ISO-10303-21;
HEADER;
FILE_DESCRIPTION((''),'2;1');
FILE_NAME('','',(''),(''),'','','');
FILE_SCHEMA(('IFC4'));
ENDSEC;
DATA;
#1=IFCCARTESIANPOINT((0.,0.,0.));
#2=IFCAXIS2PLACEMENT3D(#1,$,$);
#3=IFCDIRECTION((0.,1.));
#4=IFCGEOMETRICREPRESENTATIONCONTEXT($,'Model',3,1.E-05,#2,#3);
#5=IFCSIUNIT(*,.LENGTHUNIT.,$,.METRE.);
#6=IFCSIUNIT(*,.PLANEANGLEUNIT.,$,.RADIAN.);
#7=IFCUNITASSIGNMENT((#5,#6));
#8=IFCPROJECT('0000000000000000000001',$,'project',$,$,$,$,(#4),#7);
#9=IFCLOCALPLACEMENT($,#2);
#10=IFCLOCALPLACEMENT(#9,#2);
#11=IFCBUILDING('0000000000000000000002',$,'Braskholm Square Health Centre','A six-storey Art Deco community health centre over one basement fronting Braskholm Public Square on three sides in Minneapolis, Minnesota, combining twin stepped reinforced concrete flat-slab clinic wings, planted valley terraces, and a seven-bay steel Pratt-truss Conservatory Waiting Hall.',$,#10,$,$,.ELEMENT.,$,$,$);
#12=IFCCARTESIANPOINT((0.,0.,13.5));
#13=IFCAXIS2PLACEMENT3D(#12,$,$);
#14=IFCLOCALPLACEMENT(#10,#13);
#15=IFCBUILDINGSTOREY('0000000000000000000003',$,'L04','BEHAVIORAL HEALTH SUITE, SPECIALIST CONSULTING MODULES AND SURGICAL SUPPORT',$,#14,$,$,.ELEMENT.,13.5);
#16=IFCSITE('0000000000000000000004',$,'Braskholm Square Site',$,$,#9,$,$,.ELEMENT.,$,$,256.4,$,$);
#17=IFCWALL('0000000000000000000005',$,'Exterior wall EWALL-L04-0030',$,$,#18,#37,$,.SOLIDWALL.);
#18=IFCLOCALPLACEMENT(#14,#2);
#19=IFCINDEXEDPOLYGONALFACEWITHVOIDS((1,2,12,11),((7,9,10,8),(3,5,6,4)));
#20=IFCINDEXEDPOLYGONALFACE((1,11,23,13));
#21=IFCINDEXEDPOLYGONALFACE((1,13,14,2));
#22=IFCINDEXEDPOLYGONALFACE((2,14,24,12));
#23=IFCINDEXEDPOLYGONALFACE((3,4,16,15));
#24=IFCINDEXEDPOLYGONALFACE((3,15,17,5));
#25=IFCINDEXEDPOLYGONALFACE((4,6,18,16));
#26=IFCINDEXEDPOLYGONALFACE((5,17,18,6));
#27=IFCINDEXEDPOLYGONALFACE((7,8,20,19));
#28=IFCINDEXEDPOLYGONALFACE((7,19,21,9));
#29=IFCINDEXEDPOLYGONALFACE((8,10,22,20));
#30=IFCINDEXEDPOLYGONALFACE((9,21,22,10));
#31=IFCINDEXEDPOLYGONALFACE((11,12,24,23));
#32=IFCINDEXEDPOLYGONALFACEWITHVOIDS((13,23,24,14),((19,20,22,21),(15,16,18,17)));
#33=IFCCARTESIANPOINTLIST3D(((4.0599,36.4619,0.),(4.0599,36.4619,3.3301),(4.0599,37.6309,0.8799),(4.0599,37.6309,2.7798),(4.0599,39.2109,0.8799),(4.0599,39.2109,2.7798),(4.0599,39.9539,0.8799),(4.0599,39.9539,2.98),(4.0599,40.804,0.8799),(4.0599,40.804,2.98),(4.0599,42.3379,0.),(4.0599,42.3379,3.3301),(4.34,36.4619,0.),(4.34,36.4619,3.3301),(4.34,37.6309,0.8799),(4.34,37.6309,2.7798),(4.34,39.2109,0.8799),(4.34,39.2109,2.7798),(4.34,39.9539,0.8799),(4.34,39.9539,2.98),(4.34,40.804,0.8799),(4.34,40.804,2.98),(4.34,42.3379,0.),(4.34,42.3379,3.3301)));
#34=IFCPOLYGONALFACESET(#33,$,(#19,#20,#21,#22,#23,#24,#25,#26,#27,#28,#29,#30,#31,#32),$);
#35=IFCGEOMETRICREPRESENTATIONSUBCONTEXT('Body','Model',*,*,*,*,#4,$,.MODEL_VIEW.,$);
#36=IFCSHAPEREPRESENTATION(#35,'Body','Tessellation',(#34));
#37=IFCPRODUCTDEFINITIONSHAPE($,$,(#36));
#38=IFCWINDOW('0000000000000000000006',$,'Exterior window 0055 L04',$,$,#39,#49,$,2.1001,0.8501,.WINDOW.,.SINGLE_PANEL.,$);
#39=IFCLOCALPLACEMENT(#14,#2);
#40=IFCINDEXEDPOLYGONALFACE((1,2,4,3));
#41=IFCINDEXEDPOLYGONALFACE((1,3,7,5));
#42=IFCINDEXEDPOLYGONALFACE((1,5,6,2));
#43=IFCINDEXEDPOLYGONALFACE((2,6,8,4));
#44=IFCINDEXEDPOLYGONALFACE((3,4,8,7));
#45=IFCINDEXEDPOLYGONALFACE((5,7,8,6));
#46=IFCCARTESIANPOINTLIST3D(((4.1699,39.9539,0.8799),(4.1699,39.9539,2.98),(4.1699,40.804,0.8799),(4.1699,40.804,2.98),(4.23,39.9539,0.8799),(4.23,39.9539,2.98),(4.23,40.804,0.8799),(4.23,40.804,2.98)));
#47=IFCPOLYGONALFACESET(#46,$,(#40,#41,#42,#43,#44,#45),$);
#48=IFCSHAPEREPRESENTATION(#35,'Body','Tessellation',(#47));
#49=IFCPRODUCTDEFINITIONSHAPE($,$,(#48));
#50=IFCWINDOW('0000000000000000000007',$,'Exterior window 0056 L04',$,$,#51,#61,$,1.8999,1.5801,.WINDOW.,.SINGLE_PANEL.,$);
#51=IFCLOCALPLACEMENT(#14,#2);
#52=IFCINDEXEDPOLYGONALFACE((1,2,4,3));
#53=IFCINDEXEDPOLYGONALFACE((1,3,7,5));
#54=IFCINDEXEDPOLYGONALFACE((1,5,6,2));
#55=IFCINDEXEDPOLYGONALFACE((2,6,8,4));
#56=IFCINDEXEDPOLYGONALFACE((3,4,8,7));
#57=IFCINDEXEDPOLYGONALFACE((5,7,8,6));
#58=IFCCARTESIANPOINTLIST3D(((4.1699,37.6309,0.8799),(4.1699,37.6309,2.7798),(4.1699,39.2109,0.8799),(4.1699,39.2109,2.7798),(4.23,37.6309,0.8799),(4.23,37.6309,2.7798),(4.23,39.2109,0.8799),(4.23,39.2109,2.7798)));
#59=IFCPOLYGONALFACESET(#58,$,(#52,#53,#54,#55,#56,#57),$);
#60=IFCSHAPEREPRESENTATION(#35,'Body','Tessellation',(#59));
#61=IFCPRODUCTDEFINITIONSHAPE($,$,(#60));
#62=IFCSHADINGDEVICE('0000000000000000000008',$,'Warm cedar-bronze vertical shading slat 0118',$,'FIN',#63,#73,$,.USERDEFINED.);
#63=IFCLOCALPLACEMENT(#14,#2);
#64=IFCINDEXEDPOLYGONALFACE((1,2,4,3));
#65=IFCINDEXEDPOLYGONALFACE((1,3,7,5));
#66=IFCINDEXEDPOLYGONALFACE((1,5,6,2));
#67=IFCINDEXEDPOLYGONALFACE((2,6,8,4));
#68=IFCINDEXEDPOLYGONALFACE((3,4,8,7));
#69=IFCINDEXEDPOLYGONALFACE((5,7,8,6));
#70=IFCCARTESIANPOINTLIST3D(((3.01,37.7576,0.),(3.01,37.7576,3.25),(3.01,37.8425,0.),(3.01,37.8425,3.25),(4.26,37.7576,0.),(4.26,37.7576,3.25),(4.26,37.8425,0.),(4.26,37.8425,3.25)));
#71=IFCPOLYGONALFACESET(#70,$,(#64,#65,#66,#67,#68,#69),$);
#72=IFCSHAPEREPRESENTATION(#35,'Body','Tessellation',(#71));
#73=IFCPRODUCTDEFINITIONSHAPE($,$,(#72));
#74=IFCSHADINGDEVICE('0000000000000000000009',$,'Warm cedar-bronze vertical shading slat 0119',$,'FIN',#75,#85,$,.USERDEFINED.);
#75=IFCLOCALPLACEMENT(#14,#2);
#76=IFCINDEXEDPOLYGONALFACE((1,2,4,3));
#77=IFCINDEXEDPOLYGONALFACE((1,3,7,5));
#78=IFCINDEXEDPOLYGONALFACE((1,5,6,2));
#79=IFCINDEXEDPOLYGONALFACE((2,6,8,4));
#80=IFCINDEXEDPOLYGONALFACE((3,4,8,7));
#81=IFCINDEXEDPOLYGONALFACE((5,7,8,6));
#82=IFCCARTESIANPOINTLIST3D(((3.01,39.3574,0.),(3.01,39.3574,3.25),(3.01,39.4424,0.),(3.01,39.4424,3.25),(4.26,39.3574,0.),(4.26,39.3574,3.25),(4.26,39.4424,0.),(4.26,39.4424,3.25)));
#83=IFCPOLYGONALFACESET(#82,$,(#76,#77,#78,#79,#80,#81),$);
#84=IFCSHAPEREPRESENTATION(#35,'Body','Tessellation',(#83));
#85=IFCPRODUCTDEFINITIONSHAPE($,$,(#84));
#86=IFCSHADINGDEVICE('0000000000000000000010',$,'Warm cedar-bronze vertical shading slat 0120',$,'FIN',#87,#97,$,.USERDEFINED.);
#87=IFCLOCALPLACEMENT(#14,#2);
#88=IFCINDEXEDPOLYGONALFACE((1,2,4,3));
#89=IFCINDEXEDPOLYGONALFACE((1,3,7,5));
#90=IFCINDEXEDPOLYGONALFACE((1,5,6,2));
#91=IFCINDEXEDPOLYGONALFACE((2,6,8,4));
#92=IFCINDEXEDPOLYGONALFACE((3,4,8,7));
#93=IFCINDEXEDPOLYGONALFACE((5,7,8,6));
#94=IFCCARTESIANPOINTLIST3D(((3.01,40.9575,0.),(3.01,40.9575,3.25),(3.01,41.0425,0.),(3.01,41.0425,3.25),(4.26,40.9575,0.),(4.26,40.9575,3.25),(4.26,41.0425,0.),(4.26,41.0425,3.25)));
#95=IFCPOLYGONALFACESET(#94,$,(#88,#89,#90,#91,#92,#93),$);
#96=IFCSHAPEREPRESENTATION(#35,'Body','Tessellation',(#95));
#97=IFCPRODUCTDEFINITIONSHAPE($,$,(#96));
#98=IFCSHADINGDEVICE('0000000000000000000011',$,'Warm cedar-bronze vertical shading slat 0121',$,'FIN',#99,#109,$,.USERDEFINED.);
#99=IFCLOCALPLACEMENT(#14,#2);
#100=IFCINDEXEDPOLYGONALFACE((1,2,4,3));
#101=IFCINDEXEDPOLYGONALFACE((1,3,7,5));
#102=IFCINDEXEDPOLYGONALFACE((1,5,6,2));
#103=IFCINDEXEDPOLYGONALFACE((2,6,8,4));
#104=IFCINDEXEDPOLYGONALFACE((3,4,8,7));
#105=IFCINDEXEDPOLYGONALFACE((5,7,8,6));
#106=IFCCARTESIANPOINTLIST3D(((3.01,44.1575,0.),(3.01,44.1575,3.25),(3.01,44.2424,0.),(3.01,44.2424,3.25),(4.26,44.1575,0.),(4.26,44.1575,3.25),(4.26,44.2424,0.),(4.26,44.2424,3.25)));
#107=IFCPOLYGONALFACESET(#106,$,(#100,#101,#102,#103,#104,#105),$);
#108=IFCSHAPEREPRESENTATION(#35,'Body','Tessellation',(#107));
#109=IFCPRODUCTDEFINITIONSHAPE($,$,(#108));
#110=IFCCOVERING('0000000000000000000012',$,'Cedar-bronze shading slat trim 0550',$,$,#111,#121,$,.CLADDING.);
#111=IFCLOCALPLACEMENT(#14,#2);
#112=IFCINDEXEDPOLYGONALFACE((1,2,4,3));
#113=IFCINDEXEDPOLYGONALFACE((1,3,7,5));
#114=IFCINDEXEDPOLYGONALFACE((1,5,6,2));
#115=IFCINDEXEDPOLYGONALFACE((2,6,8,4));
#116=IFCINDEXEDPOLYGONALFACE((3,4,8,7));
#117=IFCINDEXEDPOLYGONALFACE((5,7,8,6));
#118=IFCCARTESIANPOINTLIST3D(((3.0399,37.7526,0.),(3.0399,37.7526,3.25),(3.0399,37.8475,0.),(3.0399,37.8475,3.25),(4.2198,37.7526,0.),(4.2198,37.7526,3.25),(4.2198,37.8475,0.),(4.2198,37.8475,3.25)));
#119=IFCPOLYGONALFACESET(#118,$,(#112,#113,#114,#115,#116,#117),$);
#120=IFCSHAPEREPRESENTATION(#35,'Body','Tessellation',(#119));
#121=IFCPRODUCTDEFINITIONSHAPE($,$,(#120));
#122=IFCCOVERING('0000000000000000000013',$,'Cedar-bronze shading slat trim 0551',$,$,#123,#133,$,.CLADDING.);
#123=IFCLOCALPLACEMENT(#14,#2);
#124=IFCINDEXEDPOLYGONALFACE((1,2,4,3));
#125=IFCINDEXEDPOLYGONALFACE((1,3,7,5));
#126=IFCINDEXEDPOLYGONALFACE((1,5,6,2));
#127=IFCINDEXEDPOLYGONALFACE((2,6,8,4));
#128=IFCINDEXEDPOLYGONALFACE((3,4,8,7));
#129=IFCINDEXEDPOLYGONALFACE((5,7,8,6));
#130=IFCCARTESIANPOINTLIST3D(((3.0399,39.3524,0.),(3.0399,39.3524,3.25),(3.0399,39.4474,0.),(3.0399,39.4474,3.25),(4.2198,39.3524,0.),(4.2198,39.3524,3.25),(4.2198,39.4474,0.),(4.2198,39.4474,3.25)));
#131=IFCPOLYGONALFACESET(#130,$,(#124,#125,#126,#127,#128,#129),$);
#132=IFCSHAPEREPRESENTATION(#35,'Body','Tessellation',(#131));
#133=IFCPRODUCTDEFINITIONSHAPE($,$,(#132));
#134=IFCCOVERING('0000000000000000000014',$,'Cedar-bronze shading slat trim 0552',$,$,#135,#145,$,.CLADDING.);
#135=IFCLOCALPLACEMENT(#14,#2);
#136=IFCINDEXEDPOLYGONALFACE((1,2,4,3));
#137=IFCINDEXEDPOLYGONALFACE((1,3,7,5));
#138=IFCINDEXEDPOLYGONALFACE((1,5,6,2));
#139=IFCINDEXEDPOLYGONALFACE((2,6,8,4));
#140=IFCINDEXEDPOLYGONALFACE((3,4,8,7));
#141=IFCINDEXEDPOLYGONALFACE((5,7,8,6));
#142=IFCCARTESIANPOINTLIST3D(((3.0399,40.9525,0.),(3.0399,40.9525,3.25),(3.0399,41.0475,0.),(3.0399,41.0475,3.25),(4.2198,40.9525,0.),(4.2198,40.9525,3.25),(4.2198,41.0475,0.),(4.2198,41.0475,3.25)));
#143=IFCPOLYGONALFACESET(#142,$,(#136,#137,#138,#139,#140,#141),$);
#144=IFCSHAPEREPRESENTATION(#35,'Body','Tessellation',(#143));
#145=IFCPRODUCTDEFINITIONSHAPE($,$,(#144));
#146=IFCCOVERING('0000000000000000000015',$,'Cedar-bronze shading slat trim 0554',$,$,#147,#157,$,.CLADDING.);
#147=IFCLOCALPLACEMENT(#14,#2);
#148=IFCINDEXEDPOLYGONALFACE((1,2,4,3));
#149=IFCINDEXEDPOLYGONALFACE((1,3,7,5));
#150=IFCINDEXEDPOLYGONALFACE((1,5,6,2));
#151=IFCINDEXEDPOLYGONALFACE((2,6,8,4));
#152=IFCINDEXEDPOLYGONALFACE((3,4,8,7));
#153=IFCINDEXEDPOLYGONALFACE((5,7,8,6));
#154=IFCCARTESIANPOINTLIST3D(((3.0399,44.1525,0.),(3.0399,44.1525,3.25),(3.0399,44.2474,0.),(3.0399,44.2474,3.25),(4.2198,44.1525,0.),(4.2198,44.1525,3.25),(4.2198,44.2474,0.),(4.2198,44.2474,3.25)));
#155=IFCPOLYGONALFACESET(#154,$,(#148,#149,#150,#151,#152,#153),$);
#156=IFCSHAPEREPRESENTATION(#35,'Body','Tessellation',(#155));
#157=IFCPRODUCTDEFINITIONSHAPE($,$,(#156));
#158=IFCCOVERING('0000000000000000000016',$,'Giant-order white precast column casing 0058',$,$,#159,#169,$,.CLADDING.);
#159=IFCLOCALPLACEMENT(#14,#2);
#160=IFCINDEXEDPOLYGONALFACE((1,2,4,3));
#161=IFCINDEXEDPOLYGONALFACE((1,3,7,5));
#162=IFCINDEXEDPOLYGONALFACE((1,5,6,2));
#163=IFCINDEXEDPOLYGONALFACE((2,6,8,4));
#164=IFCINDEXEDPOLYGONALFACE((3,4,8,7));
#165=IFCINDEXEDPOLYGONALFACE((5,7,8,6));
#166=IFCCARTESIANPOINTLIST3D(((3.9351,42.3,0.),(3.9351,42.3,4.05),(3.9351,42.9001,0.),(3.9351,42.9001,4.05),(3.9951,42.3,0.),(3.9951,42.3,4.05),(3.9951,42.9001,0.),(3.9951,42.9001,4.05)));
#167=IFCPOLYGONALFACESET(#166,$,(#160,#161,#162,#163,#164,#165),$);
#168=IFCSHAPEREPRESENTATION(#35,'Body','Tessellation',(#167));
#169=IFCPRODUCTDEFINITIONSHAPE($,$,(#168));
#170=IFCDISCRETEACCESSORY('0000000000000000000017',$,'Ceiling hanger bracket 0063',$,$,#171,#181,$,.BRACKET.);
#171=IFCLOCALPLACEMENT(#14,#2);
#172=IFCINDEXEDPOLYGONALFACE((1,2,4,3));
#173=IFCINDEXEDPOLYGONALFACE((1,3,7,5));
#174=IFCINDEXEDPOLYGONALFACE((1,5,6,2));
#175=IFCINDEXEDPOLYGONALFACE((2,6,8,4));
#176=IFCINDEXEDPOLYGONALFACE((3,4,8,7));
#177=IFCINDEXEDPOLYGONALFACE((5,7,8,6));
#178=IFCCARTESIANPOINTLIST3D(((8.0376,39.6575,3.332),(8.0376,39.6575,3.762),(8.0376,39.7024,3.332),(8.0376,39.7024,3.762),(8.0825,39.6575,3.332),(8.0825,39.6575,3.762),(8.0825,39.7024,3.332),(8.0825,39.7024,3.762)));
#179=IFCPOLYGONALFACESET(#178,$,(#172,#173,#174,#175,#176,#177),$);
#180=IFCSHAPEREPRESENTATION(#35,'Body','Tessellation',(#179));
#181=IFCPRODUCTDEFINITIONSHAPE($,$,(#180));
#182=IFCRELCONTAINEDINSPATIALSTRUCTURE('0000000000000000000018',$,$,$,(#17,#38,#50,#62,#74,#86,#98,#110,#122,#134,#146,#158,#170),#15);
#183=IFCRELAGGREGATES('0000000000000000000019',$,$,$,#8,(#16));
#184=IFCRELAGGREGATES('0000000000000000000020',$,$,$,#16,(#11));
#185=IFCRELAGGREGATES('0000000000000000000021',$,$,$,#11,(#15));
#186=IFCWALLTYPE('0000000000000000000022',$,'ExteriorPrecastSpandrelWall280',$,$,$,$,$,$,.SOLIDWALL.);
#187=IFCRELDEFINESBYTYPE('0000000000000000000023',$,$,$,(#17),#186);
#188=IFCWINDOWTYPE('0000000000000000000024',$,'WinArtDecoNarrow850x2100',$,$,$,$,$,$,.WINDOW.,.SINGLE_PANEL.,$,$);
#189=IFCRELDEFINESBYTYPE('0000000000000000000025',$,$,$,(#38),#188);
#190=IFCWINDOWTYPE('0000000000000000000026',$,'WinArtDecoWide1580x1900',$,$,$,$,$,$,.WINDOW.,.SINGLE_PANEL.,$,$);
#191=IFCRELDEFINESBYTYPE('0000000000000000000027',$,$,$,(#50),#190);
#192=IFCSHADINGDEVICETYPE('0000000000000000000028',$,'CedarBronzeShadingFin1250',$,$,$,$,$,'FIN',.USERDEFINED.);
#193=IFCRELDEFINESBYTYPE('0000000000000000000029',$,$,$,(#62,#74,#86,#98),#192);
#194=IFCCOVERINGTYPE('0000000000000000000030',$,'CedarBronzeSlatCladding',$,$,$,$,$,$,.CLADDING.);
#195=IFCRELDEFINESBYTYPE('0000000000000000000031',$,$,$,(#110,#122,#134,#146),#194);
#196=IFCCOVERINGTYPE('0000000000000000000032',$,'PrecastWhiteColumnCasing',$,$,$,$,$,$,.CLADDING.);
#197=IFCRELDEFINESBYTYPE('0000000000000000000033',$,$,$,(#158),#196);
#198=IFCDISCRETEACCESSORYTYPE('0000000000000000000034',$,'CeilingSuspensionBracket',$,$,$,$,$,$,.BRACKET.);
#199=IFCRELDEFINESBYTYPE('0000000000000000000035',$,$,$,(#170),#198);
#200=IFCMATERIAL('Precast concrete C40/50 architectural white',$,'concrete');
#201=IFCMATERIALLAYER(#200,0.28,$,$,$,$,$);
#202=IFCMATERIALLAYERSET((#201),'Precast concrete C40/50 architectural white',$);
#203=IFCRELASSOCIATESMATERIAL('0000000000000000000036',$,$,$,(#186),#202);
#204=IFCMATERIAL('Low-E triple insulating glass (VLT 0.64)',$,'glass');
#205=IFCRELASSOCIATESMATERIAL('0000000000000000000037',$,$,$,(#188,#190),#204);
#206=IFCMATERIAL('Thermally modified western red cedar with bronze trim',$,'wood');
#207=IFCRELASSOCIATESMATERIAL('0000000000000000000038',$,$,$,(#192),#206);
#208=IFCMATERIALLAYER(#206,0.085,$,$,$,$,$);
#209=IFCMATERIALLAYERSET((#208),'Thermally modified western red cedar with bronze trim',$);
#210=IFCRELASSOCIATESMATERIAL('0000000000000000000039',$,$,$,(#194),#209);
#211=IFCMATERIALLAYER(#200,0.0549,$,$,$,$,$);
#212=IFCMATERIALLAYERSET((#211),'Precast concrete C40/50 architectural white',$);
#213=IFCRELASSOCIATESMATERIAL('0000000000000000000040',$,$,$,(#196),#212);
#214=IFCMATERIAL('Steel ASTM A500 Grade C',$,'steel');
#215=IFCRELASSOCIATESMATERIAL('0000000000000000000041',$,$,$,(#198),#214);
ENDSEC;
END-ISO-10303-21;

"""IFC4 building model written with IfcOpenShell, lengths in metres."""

from ifc_helpers import new_model, si_unit, direction, frame, frame_2d, origin, origin_with_axes, origin_2d, place, context, subcontext, project, spatial, rectangle, extrude, material, layer, layer_set, type_object, element, fill, save


model = new_model("IFC4")

# Units and contexts
model_context = context("Model", 3, precision=1e-05, world=origin(), true_north=direction((0.0, 1.0)))
body_context = subcontext(model_context, "Body", "Model", "MODEL_VIEW")
ifc_project = project(units=[si_unit("LENGTHUNIT", "METRE"), si_unit("PLANEANGLEUNIT", "RADIAN")], contexts=[model_context])

# Site, building, storey
site_placement = place(None, origin())
site = spatial("IfcSite", under=ifc_project, at=site_placement, Name="Braskholm Square Site", CompositionType="ELEMENT", RefElevation=256.4)
building_placement = place(site_placement, origin())
building = spatial("IfcBuilding", under=site, at=building_placement, Name="Braskholm Square Health Centre", Description="A six-storey Art Deco community health centre over one basement fronting Braskholm Public Square on three sides in Minneapolis, Minnesota, combining twin stepped reinforced concrete flat-slab clinic wings, planted valley terraces, and a seven-bay steel Pratt-truss Conservatory Waiting Hall.", CompositionType="ELEMENT")
storey_placement = place(building_placement, frame((0.0, 0.0, 13.5)))
storey = spatial("IfcBuildingStorey", under=building, at=storey_placement, Name="L04", Description="BEHAVIORAL HEALTH SUITE, SPECIALIST CONSULTING MODULES AND SURGICAL SUPPORT", CompositionType="ELEMENT", Elevation=13.5)

# Shared definitions
ifc_material_1 = material(Name="Precast concrete C40/50 architectural white", Category="concrete")

# Shared definitions
ifc_material_2 = material(Name="Low-E triple insulating glass (VLT 0.64)", Category="glass")

# Wall, openings, windows
ifc_layer_1 = layer(ifc_material_1, 0.28)
ifc_layer_set_1 = layer_set([ifc_layer_1], Name="Precast concrete C40/50 architectural white")
wall_type_1 = type_object("IfcWallType", Name="ExteriorPrecastSpandrelWall280", PredefinedType="SOLIDWALL", material=ifc_layer_set_1)
wall_1_placement = place(storey_placement, frame((4.2, 42.3379, 0.0), z_axis=(0.0, 0.0, 1.0), x_axis=(0.0, -1.0, 0.0)))
wall_1 = element("IfcWall", 1, at=wall_1_placement, inside=storey, type_object=wall_type_1, Name="Exterior wall EWALL-L04-0030", PredefinedType="SOLIDWALL", context=body_context, shape_type="SweptSolid", body=[
    extrude(rectangle(XDim=5.876, YDim=0.28, at=frame_2d((2.938, 0.0))), origin(), (0.0, 0.0, 1.0), 3.3301),
])
opening_1_placement = place(wall_1_placement, frame((1.5339, 0.0, 0.8799)))
opening_1 = element("IfcOpeningElement", 2, at=opening_1_placement, cuts=wall_1, PredefinedType="OPENING", context=body_context, shape_type="SweptSolid", body=[
    extrude(rectangle(XDim=0.8501, YDim=2.1001, at=frame_2d((0.425, 1.05))), frame((0.0, 0.1499, 0.0), z_axis=(0.0, -1.0, 0.0), x_axis=(1.0, 0.0, 0.0)), (0.0, 0.0, 1.0), 0.3),
])
opening_2_placement = place(wall_1_placement, frame((3.127, 0.0, 0.8799)))
opening_2 = element("IfcOpeningElement", 3, at=opening_2_placement, cuts=wall_1, PredefinedType="OPENING", context=body_context, shape_type="SweptSolid", body=[
    extrude(rectangle(XDim=1.5801, YDim=1.8999, at=frame_2d((0.79, 0.95))), frame((0.0, 0.1499, 0.0), z_axis=(0.0, -1.0, 0.0), x_axis=(1.0, 0.0, 0.0)), (0.0, 0.0, 1.0), 0.3),
])
window_type_1 = type_object("IfcWindowType", Name="WinArtDecoNarrow850x2100", PartitioningType="SINGLE_PANEL", PredefinedType="WINDOW", material=ifc_material_2)
window_1_placement = place(opening_1_placement, origin_with_axes())
window_1 = element("IfcWindow", 4, at=window_1_placement, inside=storey, type_object=window_type_1, Name="Exterior window 0055 L04", OverallHeight=2.1001, OverallWidth=0.8501, PartitioningType="SINGLE_PANEL", PredefinedType="WINDOW", context=body_context, shape_type="SweptSolid", body=[
    extrude(rectangle(XDim=0.8501, YDim=2.1001, at=frame_2d((0.425, 1.05))), frame((0.0, 0.03, 0.0), z_axis=(0.0, -1.0, 0.0), x_axis=(1.0, 0.0, 0.0)), (0.0, 0.0, 1.0), 0.0601),
])
fill(opening_1, window_1)
window_type_2 = type_object("IfcWindowType", Name="WinArtDecoWide1580x1900", PartitioningType="SINGLE_PANEL", PredefinedType="WINDOW", material=ifc_material_2)
window_2_placement = place(opening_2_placement, origin_with_axes())
window_2 = element("IfcWindow", 5, at=window_2_placement, inside=storey, type_object=window_type_2, Name="Exterior window 0056 L04", OverallHeight=1.8999, OverallWidth=1.5801, PartitioningType="SINGLE_PANEL", PredefinedType="WINDOW", context=body_context, shape_type="SweptSolid", body=[
    extrude(rectangle(XDim=1.5801, YDim=1.8999, at=frame_2d((0.79, 0.95))), frame((0.0, 0.03, 0.0), z_axis=(0.0, -1.0, 0.0), x_axis=(1.0, 0.0, 0.0)), (0.0, 0.0, 1.0), 0.0601),
])
fill(opening_2, window_2)

# Shading devices
ifc_material_3 = material(Name="Thermally modified western red cedar with bronze trim", Category="wood")
shading_device_type = type_object("IfcShadingDeviceType", Name="CedarBronzeShadingFin1250", ElementType="FIN", PredefinedType="USERDEFINED", material=ifc_material_3)
for number, where, z_axis, x_axis, name in (
    (6, (3.635, 37.8, 0.0), (0.0, 0.0, 1.0), (1.0, 0.0, 0.0), "Warm cedar-bronze vertical shading slat 0118"),
    (7, (3.635, 39.3999, 0.0), (0.0, 0.0, 1.0), (1.0, 0.0, 0.0), "Warm cedar-bronze vertical shading slat 0119"),
    (8, (3.635, 41.0, 0.0), (0.0, 0.0, 1.0), (1.0, 0.0, 0.0), "Warm cedar-bronze vertical shading slat 0120"),
    (9, (3.635, 44.2, 0.0), (0.0, 0.0, 1.0), (1.0, 0.0, 0.0), "Warm cedar-bronze vertical shading slat 0121"),
):
    element("IfcShadingDevice", number, at=place(storey_placement, frame(where, z_axis=z_axis, x_axis=x_axis)), inside=storey, type_object=shading_device_type, Name=name, ObjectType="FIN", PredefinedType="USERDEFINED", context=body_context, shape_type="SweptSolid", body=[
        extrude(rectangle(XDim=1.25, YDim=0.085, at=origin_2d()), origin(), (0.0, 0.0, 1.0), 3.25),
    ])

# Coverings
ifc_layer_2 = layer(ifc_material_3, 0.085)
ifc_layer_set_2 = layer_set([ifc_layer_2], Name="Thermally modified western red cedar with bronze trim")
covering_type_1 = type_object("IfcCoveringType", Name="CedarBronzeSlatCladding", PredefinedType="CLADDING", material=ifc_layer_set_2)
for number, where, z_axis, x_axis, name in (
    (10, (3.6299, 37.8, 0.0), (0.0, 0.0, 1.0), (1.0, 0.0, 0.0), "Cedar-bronze shading slat trim 0550"),
    (11, (3.6299, 39.3999, 0.0), (0.0, 0.0, 1.0), (1.0, 0.0, 0.0), "Cedar-bronze shading slat trim 0551"),
    (12, (3.6299, 41.0, 0.0), (0.0, 0.0, 1.0), (1.0, 0.0, 0.0), "Cedar-bronze shading slat trim 0552"),
    (13, (3.6299, 44.2, 0.0), (0.0, 0.0, 1.0), (1.0, 0.0, 0.0), "Cedar-bronze shading slat trim 0554"),
):
    element("IfcCovering", number, at=place(storey_placement, frame(where, z_axis=z_axis, x_axis=x_axis)), inside=storey, type_object=covering_type_1, Name=name, PredefinedType="CLADDING", context=body_context, shape_type="SweptSolid", body=[
        extrude(rectangle(XDim=1.1799, YDim=0.095, at=origin_2d()), origin(), (0.0, 0.0, 1.0), 3.25),
    ])
ifc_layer_3 = layer(ifc_material_1, 0.0549)
ifc_layer_set_3 = layer_set([ifc_layer_3], Name="Precast concrete C40/50 architectural white")
covering_type_2 = type_object("IfcCoveringType", Name="PrecastWhiteColumnCasing", PredefinedType="CLADDING", material=ifc_layer_set_3)
covering_placement = place(storey_placement, frame((3.9651, 42.6001, 0.0), z_axis=(0.0, 0.0, 1.0), x_axis=(1.0, 0.0, 0.0)))
element("IfcCovering", 14, at=covering_placement, inside=storey, type_object=covering_type_2, Name="Giant-order white precast column casing 0058", PredefinedType="CLADDING", context=body_context, shape_type="SweptSolid", body=[
    extrude(rectangle(XDim=0.0601, YDim=0.6001, at=origin_2d()), origin(), (0.0, 0.0, 1.0), 4.05),
])

# Discrete accessory
ifc_material_4 = material(Name="Steel ASTM A500 Grade C", Category="steel")
discrete_accessory_type = type_object("IfcDiscreteAccessoryType", Name="CeilingSuspensionBracket", PredefinedType="BRACKET", material=ifc_material_4)
discrete_accessory_placement = place(storey_placement, frame((8.0601, 39.6799, 3.332), z_axis=(0.0, 0.0, 1.0), x_axis=(1.0, 0.0, 0.0)))
element("IfcDiscreteAccessory", 15, at=discrete_accessory_placement, inside=storey, type_object=discrete_accessory_type, Name="Ceiling hanger bracket 0063", PredefinedType="BRACKET", context=body_context, shape_type="SweptSolid", body=[
    extrude(rectangle(XDim=0.0449, YDim=0.0449, at=origin_2d()), origin(), (0.0, 0.0, 1.0), 0.4299),
])

save(model, "model.ifc")
